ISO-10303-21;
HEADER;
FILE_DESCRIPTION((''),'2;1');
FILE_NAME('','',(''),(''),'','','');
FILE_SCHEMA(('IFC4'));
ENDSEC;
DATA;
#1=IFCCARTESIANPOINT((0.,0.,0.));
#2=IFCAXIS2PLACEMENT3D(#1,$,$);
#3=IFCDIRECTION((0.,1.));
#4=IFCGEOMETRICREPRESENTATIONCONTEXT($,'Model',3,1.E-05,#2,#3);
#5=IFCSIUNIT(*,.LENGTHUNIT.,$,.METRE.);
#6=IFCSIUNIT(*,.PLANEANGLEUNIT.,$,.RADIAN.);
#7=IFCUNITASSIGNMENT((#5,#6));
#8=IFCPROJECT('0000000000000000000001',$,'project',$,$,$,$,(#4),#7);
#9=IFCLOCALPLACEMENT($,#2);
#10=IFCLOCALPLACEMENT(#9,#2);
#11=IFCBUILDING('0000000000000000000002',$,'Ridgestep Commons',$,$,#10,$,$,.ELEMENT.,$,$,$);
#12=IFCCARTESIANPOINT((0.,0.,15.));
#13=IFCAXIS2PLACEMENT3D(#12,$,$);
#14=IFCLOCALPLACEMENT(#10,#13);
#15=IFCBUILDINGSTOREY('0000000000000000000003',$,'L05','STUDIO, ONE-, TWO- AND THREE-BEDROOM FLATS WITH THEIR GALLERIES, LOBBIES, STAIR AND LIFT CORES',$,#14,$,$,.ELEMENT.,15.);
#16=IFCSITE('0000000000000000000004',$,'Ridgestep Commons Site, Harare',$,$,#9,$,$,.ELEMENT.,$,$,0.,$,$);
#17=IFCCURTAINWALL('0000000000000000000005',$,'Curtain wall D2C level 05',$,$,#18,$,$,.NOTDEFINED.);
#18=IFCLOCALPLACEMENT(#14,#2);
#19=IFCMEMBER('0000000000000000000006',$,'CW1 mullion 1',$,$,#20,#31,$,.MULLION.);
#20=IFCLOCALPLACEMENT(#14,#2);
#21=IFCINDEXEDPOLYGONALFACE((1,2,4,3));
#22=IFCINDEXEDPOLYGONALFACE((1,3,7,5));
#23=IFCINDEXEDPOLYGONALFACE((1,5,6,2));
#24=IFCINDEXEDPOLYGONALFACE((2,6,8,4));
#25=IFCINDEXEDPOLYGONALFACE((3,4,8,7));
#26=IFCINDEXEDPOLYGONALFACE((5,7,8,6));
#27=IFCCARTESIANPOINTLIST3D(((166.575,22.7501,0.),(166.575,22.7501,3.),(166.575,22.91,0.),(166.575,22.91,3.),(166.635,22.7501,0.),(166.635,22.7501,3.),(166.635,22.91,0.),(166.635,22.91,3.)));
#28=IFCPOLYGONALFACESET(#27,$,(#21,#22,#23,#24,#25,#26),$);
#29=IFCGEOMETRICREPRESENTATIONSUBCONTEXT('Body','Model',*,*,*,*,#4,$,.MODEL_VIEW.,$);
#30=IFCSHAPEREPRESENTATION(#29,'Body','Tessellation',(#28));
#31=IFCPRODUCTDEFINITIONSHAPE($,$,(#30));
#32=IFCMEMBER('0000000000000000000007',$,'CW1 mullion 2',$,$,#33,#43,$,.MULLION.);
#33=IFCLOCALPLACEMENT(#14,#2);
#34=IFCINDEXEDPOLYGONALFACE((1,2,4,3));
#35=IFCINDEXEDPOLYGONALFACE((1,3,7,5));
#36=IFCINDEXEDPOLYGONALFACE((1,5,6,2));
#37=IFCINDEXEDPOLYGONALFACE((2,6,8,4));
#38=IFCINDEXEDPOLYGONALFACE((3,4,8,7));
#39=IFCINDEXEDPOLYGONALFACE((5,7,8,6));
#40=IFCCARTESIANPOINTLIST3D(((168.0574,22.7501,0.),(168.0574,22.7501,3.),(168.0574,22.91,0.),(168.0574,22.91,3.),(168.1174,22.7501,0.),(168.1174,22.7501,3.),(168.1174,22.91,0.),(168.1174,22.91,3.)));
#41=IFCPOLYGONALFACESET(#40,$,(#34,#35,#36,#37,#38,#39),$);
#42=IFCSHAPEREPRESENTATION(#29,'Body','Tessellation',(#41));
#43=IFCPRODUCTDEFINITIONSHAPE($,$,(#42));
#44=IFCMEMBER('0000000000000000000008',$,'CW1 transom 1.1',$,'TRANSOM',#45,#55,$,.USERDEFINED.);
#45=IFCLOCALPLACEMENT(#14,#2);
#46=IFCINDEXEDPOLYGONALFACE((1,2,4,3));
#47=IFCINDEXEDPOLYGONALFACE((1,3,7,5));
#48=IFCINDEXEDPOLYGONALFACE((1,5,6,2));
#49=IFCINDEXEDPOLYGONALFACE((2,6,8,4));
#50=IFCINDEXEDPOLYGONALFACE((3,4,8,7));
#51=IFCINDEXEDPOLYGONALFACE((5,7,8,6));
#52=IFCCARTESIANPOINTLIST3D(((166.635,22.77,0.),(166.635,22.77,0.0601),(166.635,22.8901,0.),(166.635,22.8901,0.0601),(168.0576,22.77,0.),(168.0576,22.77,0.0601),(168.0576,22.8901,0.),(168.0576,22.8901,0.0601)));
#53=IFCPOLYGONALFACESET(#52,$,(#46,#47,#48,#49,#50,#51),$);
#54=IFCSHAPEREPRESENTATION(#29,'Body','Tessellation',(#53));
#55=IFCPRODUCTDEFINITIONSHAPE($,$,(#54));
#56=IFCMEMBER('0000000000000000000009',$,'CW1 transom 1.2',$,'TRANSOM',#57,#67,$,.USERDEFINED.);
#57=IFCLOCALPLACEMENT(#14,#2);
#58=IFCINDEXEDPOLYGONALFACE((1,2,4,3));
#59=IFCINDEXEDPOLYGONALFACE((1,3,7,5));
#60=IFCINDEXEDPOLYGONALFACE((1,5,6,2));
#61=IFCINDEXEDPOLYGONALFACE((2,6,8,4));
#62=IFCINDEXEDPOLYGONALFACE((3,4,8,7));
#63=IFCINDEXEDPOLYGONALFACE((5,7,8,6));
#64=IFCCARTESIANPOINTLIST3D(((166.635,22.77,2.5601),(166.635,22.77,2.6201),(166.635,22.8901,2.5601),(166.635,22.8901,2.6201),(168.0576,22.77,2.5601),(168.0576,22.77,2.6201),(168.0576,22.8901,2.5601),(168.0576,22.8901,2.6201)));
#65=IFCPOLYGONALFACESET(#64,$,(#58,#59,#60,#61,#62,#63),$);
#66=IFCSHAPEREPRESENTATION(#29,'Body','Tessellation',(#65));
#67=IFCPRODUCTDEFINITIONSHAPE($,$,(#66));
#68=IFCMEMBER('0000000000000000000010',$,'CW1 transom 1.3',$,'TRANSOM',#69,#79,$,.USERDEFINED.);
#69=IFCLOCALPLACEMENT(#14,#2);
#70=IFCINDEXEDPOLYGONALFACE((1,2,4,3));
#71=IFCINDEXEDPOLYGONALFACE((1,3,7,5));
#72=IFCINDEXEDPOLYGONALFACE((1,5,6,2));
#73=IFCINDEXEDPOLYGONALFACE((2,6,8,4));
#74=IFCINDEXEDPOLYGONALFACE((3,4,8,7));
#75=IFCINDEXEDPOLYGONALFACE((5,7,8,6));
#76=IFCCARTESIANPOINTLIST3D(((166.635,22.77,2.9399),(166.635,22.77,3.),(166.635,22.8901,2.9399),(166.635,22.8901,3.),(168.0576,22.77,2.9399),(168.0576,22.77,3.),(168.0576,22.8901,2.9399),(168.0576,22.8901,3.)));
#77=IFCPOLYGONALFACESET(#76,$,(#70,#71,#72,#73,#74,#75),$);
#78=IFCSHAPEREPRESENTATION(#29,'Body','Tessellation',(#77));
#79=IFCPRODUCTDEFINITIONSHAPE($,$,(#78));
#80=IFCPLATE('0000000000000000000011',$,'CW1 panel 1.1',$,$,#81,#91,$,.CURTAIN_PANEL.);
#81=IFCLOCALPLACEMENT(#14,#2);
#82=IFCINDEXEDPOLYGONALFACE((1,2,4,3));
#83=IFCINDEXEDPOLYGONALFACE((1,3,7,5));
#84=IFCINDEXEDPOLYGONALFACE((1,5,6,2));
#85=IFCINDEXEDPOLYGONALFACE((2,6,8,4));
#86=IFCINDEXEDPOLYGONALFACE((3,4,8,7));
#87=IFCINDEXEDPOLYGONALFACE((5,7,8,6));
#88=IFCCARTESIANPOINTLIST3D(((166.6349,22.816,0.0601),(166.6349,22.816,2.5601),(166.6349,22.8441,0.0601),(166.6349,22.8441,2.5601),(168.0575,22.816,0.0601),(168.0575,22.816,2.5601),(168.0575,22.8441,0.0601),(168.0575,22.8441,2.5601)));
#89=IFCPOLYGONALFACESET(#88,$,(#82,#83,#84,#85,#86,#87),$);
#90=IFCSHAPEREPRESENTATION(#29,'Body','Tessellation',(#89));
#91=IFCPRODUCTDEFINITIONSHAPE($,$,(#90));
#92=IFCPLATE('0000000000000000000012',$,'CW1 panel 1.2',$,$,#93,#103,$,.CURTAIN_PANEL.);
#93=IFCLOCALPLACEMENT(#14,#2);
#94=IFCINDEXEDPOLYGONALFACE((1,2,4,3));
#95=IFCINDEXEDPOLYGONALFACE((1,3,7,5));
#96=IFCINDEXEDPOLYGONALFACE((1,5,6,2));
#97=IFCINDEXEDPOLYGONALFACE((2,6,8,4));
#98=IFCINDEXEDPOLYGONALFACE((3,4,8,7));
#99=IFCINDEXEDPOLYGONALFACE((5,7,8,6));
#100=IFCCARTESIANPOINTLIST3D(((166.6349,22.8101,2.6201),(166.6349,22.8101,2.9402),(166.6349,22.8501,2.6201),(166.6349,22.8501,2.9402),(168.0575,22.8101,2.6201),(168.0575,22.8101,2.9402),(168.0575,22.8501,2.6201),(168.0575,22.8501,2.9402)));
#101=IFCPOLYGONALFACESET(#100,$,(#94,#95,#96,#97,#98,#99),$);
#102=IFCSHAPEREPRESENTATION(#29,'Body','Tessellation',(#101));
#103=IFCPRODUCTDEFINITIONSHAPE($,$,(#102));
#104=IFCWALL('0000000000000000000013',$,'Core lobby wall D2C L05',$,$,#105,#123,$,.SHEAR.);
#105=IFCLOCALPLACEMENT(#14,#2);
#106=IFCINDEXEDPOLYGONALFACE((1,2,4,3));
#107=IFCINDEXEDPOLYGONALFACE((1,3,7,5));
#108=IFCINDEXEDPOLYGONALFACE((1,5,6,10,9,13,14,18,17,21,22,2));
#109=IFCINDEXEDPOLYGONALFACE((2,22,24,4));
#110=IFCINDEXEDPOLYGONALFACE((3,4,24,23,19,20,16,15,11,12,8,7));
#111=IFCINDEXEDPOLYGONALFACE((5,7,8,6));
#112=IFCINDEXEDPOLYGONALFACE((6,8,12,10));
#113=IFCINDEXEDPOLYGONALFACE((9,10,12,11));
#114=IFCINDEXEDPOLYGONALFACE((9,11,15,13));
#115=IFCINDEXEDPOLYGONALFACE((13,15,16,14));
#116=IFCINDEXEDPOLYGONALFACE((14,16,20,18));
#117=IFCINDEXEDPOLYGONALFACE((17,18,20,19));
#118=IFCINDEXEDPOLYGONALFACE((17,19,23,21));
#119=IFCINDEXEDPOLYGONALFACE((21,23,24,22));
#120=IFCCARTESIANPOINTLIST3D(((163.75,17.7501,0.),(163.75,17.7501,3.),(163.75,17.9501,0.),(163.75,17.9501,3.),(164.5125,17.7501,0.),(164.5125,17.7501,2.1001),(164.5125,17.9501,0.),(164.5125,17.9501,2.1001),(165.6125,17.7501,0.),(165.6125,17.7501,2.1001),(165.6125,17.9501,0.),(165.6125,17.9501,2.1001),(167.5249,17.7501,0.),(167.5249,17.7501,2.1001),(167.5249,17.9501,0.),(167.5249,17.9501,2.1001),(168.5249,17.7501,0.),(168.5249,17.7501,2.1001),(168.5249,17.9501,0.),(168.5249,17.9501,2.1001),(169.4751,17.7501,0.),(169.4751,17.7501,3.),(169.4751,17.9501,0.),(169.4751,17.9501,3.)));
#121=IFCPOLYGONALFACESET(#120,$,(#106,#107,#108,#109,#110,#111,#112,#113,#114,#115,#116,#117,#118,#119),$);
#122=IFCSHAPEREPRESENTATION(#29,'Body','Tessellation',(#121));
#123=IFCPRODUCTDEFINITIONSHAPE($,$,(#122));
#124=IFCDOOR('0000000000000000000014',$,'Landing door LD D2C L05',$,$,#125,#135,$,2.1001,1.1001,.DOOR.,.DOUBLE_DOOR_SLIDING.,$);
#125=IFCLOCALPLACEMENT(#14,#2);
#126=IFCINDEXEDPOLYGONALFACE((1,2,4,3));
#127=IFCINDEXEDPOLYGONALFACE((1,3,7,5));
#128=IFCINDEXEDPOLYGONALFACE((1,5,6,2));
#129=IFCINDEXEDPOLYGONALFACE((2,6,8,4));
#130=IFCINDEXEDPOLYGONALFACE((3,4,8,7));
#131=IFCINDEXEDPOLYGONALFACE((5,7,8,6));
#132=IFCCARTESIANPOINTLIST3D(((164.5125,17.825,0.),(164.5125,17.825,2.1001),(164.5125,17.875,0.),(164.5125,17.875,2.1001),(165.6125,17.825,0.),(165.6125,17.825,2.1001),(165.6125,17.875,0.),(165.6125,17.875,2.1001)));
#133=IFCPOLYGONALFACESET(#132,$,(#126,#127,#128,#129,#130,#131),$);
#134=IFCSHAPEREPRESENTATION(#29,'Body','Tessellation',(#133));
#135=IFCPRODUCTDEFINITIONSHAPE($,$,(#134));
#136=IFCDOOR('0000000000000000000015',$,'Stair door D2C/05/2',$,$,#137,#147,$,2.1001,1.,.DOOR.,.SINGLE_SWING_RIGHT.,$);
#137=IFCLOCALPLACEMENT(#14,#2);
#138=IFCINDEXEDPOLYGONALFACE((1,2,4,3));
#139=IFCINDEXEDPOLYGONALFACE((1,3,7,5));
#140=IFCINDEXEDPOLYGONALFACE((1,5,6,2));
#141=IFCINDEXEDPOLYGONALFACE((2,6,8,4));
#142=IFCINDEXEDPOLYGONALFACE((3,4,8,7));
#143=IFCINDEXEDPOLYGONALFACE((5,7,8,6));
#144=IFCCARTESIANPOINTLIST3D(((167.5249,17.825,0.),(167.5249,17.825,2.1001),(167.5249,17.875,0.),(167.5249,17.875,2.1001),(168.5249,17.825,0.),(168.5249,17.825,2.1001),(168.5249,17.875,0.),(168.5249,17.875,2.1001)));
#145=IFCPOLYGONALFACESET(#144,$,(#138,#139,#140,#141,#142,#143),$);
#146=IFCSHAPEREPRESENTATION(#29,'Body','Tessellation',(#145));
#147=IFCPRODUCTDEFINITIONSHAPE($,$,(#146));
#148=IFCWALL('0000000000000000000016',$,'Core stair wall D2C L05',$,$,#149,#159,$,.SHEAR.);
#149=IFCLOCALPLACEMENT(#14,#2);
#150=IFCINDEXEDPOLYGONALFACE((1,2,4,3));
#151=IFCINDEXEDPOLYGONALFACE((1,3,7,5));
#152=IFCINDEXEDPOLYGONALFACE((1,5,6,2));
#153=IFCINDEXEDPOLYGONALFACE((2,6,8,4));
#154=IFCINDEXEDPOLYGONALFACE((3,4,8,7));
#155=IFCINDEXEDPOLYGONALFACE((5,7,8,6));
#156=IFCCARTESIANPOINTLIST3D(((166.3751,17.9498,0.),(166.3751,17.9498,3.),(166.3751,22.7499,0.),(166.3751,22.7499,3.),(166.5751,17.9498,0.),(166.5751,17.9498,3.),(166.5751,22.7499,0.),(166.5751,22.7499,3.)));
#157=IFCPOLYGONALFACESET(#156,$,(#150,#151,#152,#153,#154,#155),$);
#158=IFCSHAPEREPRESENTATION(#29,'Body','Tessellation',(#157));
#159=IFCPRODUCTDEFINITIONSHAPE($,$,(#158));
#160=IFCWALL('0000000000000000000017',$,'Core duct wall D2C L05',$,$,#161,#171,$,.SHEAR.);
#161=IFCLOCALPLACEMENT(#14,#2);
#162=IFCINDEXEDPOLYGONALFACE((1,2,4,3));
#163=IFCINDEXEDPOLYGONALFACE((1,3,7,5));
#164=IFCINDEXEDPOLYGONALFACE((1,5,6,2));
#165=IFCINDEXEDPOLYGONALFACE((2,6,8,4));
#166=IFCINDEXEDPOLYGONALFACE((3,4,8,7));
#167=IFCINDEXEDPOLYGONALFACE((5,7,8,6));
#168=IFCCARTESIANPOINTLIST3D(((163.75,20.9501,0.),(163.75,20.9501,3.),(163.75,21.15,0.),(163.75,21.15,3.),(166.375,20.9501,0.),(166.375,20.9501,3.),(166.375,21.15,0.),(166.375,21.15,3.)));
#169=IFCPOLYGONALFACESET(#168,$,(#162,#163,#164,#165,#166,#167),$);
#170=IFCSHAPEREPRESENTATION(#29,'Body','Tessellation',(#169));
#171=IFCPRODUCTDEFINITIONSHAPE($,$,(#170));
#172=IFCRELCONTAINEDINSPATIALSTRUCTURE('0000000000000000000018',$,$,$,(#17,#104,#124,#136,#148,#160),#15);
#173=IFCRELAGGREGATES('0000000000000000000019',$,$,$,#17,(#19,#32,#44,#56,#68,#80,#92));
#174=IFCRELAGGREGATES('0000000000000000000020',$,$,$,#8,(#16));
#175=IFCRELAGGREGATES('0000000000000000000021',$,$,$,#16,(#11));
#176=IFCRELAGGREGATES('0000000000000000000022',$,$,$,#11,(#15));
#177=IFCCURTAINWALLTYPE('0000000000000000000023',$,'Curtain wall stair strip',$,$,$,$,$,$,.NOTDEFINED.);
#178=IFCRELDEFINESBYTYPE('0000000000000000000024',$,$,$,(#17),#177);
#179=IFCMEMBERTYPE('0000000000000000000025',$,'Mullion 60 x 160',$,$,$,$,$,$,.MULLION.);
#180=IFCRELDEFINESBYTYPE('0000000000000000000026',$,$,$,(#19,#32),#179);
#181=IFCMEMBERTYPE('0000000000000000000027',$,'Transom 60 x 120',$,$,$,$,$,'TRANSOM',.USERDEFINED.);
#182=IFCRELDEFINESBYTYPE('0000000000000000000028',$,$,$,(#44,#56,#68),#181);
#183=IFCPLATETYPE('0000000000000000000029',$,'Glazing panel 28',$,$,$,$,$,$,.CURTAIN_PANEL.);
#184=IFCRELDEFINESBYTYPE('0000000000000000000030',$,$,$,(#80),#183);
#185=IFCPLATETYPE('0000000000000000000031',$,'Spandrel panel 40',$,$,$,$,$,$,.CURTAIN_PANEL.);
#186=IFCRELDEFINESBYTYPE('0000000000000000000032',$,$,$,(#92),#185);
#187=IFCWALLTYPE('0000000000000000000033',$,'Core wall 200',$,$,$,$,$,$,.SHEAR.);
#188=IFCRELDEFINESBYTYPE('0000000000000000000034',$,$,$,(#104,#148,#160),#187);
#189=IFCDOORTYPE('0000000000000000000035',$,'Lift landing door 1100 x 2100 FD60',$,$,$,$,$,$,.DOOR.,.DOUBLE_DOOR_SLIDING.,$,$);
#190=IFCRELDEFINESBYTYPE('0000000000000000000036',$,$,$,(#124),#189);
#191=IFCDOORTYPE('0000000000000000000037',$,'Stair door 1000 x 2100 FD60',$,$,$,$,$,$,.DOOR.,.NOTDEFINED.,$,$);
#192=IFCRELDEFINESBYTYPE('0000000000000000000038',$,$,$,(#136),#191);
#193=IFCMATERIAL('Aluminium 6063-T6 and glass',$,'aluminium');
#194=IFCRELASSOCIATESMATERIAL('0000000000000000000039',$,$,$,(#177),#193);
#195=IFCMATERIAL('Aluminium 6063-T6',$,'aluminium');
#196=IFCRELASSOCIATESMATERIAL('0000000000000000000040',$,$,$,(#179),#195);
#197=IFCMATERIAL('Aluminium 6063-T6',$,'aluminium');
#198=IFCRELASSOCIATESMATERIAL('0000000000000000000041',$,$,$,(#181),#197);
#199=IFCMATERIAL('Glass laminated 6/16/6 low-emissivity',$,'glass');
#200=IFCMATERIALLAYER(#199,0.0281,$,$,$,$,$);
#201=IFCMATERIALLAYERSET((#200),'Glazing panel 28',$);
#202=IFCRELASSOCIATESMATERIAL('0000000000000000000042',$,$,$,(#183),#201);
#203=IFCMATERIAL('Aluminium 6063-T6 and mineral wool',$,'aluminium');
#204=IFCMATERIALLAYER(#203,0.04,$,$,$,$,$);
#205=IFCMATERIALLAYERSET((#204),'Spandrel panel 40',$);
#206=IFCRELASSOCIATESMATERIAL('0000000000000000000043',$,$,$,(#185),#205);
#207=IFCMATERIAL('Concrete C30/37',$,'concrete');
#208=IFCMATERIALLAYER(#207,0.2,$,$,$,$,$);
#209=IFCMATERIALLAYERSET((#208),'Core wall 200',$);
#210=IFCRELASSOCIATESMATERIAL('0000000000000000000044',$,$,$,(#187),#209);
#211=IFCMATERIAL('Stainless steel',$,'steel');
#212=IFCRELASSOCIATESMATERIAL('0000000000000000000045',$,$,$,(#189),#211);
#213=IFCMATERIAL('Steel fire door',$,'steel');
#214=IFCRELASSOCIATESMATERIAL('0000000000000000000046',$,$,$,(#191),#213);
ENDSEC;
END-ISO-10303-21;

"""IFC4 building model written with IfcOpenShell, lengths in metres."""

from ifc_helpers import new_model, si_unit, direction, frame, frame_2d, origin, origin_2d, place, context, subcontext, project, spatial, rectangle, extrude, material, layer, layer_set, material_profile, profile_set, type_object, element, fill, aggregate, save


model = new_model("IFC4")

# Units and contexts
model_context = context("Model", 3, precision=1e-05, world=origin(), true_north=direction((0.0, 1.0)))
body_context = subcontext(model_context, "Body", "Model", "MODEL_VIEW")
ifc_project = project(units=[si_unit("LENGTHUNIT", "METRE"), si_unit("PLANEANGLEUNIT", "RADIAN")], contexts=[model_context])

# Site, building, storey
site_placement = place(None, origin())
site = spatial("IfcSite", under=ifc_project, at=site_placement, Name="Ridgestep Commons Site, Harare", CompositionType="ELEMENT", RefElevation=0.0)
building_placement = place(site_placement, origin())
building = spatial("IfcBuilding", under=site, at=building_placement, Name="Ridgestep Commons", CompositionType="ELEMENT")
storey_placement = place(building_placement, frame((0.0, 0.0, 15.0)))
storey = spatial("IfcBuildingStorey", under=building, at=storey_placement, Name="L05", Description="STUDIO, ONE-, TWO- AND THREE-BEDROOM FLATS WITH THEIR GALLERIES, LOBBIES, STAIR AND LIFT CORES", CompositionType="ELEMENT", Elevation=15.0)

# Curtain wall, members, plates
ifc_material_1 = material(Name="Aluminium 6063-T6 and glass", Category="aluminium")
curtain_wall_type = type_object("IfcCurtainWallType", Name="Curtain wall stair strip", PredefinedType="NOTDEFINED", material=ifc_material_1)
curtain_wall_placement = place(storey_placement, origin())
curtain_wall = element("IfcCurtainWall", 1, at=curtain_wall_placement, inside=storey, type_object=curtain_wall_type, Name="Curtain wall D2C level 05", PredefinedType="NOTDEFINED")
ifc_material_2 = material(Name="Aluminium 6063-T6", Category="aluminium")
ifc_material_profile_1 = material_profile(ifc_material_2, rectangle(XDim=0.1599, YDim=0.0601, at=origin_2d()), Name="Mullion 60 x 160")
ifc_profile_set_1 = profile_set([ifc_material_profile_1], Name="Aluminium 6063-T6")
member_type_1 = type_object("IfcMemberType", Name="Mullion 60 x 160", PredefinedType="MULLION", material=ifc_profile_set_1)
member_1_placement = place(storey_placement, frame((166.605, 22.8301, 0.0), z_axis=(0.0, 0.0, 1.0), x_axis=(0.0, 1.0, 0.0)))
member_1 = element("IfcMember", 2, at=member_1_placement, type_object=member_type_1, Name="CW1 mullion 1", PredefinedType="MULLION", context=body_context, shape_type="SweptSolid", body=[
    extrude(rectangle(XDim=0.1599, YDim=0.0601, at=origin_2d()), origin(), (0.0, 0.0, 1.0), 3.0),
])
member_2_placement = place(storey_placement, frame((168.0874, 22.8301, 0.0), z_axis=(0.0, 0.0, 1.0), x_axis=(0.0, 1.0, 0.0)))
member_2 = element("IfcMember", 3, at=member_2_placement, type_object=member_type_1, Name="CW1 mullion 2", PredefinedType="MULLION", context=body_context, shape_type="SweptSolid", body=[
    extrude(rectangle(XDim=0.1599, YDim=0.0601, at=origin_2d()), origin(), (0.0, 0.0, 1.0), 3.0),
])
ifc_material_3 = material(Name="Aluminium 6063-T6", Category="aluminium")
ifc_material_profile_2 = material_profile(ifc_material_3, rectangle(XDim=0.1201, YDim=0.0601, at=origin_2d()), Name="Transom 60 x 120")
ifc_profile_set_2 = profile_set([ifc_material_profile_2], Name="Aluminium 6063-T6")
member_type_2 = type_object("IfcMemberType", Name="Transom 60 x 120", ElementType="TRANSOM", PredefinedType="USERDEFINED", material=ifc_profile_set_2)
member_3_placement = place(storey_placement, frame((166.635, 22.8301, 0.03), z_axis=(1.0, 0.0, 0.0), x_axis=(0.0, 1.0, 0.0)))
member_3 = element("IfcMember", 4, at=member_3_placement, type_object=member_type_2, Name="CW1 transom 1.1", ObjectType="TRANSOM", PredefinedType="USERDEFINED", context=body_context, shape_type="SweptSolid", body=[
    extrude(rectangle(XDim=0.1201, YDim=0.0601, at=origin_2d()), origin(), (0.0, 0.0, 1.0), 1.4226),
])
member_4_placement = place(storey_placement, frame((166.635, 22.8301, 2.5901), z_axis=(1.0, 0.0, 0.0), x_axis=(0.0, 1.0, 0.0)))
member_4 = element("IfcMember", 5, at=member_4_placement, type_object=member_type_2, Name="CW1 transom 1.2", ObjectType="TRANSOM", PredefinedType="USERDEFINED", context=body_context, shape_type="SweptSolid", body=[
    extrude(rectangle(XDim=0.1201, YDim=0.0601, at=origin_2d()), origin(), (0.0, 0.0, 1.0), 1.4226),
])
member_5_placement = place(storey_placement, frame((166.635, 22.8301, 2.97), z_axis=(1.0, 0.0, 0.0), x_axis=(0.0, 1.0, 0.0)))
member_5 = element("IfcMember", 6, at=member_5_placement, type_object=member_type_2, Name="CW1 transom 1.3", ObjectType="TRANSOM", PredefinedType="USERDEFINED", context=body_context, shape_type="SweptSolid", body=[
    extrude(rectangle(XDim=0.1201, YDim=0.0601, at=origin_2d()), origin(), (0.0, 0.0, 1.0), 1.4226),
])
ifc_material_4 = material(Name="Glass laminated 6/16/6 low-emissivity", Category="glass")
ifc_layer_1 = layer(ifc_material_4, 0.0281)
ifc_layer_set_1 = layer_set([ifc_layer_1], Name="Glazing panel 28")
plate_type_1 = type_object("IfcPlateType", Name="Glazing panel 28", PredefinedType="CURTAIN_PANEL", material=ifc_layer_set_1)
plate_1_placement = place(storey_placement, frame((167.3462, 22.8301, 0.0601), z_axis=(0.0, 0.0, 1.0), x_axis=(1.0, 0.0, 0.0)))
plate_1 = element("IfcPlate", 7, at=plate_1_placement, type_object=plate_type_1, Name="CW1 panel 1.1", PredefinedType="CURTAIN_PANEL", context=body_context, shape_type="SweptSolid", body=[
    extrude(rectangle(XDim=1.4226, YDim=0.0281, at=origin_2d()), origin(), (0.0, 0.0, 1.0), 2.5),
])
ifc_material_5 = material(Name="Aluminium 6063-T6 and mineral wool", Category="aluminium")
ifc_layer_2 = layer(ifc_material_5, 0.04)
ifc_layer_set_2 = layer_set([ifc_layer_2], Name="Spandrel panel 40")
plate_type_2 = type_object("IfcPlateType", Name="Spandrel panel 40", PredefinedType="CURTAIN_PANEL", material=ifc_layer_set_2)
plate_2_placement = place(storey_placement, frame((167.3462, 22.8301, 2.6201), z_axis=(0.0, 0.0, 1.0), x_axis=(1.0, 0.0, 0.0)))
plate_2 = element("IfcPlate", 8, at=plate_2_placement, type_object=plate_type_2, Name="CW1 panel 1.2", PredefinedType="CURTAIN_PANEL", context=body_context, shape_type="SweptSolid", body=[
    extrude(rectangle(XDim=1.4226, YDim=0.04, at=origin_2d()), origin(), (0.0, 0.0, 1.0), 0.3201),
])
aggregate(curtain_wall, [member_1, member_2, member_3, member_4, member_5, plate_1, plate_2])

# Wall, openings, doors
ifc_material_6 = material(Name="Concrete C30/37", Category="concrete")
ifc_layer_3 = layer(ifc_material_6, 0.2)
ifc_layer_set_3 = layer_set([ifc_layer_3], Name="Core wall 200")
wall_type = type_object("IfcWallType", Name="Core wall 200", PredefinedType="SHEAR", material=ifc_layer_set_3)
wall_1_placement = place(storey_placement, frame((163.75, 17.8501, 0.0), z_axis=(0.0, 0.0, 1.0), x_axis=(1.0, 0.0, 0.0)))
wall_1 = element("IfcWall", 9, at=wall_1_placement, inside=storey, type_object=wall_type, Name="Core lobby wall D2C L05", PredefinedType="SHEAR", context=body_context, shape_type="SweptSolid", body=[
    extrude(rectangle(XDim=5.7251, YDim=0.2, at=frame_2d((2.8625, 0.0))), origin(), (0.0, 0.0, 1.0), 3.0),
])
opening_1_placement = place(wall_1_placement, frame((3.7749, 0.0, 0.0)))
opening_1 = element("IfcOpeningElement", 10, at=opening_1_placement, cuts=wall_1, PredefinedType="OPENING", context=body_context, shape_type="SweptSolid", body=[
    extrude(rectangle(XDim=1.0, YDim=2.1001, at=frame_2d((0.5, 1.05))), frame((0.0, 0.1099, 0.0), z_axis=(0.0, -1.0, 0.0), x_axis=(1.0, 0.0, 0.0)), (0.0, 0.0, 1.0), 0.22),
])
opening_2_placement = place(wall_1_placement, frame((0.7625, 0.0, 0.0)))
opening_2 = element("IfcOpeningElement", 11, at=opening_2_placement, cuts=wall_1, PredefinedType="OPENING", context=body_context, shape_type="SweptSolid", body=[
    extrude(rectangle(XDim=1.1001, YDim=2.1001, at=frame_2d((0.55, 1.05))), frame((0.0, 0.1099, 0.0), z_axis=(0.0, -1.0, 0.0), x_axis=(1.0, 0.0, 0.0)), (0.0, 0.0, 1.0), 0.22),
])
ifc_material_7 = material(Name="Stainless steel", Category="steel")
door_type_1 = type_object("IfcDoorType", Name="Lift landing door 1100 x 2100 FD60", OperationType="DOUBLE_DOOR_SLIDING", PredefinedType="DOOR", material=ifc_material_7)
door_1_placement = place(opening_2_placement, origin())
door_1 = element("IfcDoor", 12, at=door_1_placement, inside=storey, type_object=door_type_1, Name="Landing door LD D2C L05", OperationType="DOUBLE_DOOR_SLIDING", OverallHeight=2.1001, OverallWidth=1.1001, PredefinedType="DOOR", context=body_context, shape_type="SweptSolid", body=[
    extrude(rectangle(XDim=1.1001, YDim=2.1001, at=frame_2d((0.55, 1.05))), frame((0.0, 0.0249, 0.0), z_axis=(0.0, -1.0, 0.0), x_axis=(1.0, 0.0, 0.0)), (0.0, 0.0, 1.0), 0.05),
])
fill(opening_2, door_1)
ifc_material_8 = material(Name="Steel fire door", Category="steel")
door_type_2 = type_object("IfcDoorType", Name="Stair door 1000 x 2100 FD60", OperationType="NOTDEFINED", PredefinedType="DOOR", material=ifc_material_8)
door_2_placement = place(opening_1_placement, origin())
door_2 = element("IfcDoor", 13, at=door_2_placement, inside=storey, type_object=door_type_2, Name="Stair door D2C/05/2", OperationType="SINGLE_SWING_RIGHT", OverallHeight=2.1001, OverallWidth=1.0, PredefinedType="DOOR", context=body_context, shape_type="SweptSolid", body=[
    extrude(rectangle(XDim=1.0, YDim=2.1001, at=frame_2d((0.5, 1.05))), frame((0.0, 0.0249, 0.0), z_axis=(0.0, -1.0, 0.0), x_axis=(1.0, 0.0, 0.0)), (0.0, 0.0, 1.0), 0.05),
])
fill(opening_1, door_2)

# Walls
wall_2_placement = place(storey_placement, frame((166.4751, 17.95, 0.0), z_axis=(0.0, 0.0, 1.0), x_axis=(0.0, 1.0, 0.0)))
element("IfcWall", 14, at=wall_2_placement, inside=storey, type_object=wall_type, Name="Core stair wall D2C L05", PredefinedType="SHEAR", context=body_context, shape_type="SweptSolid", body=[
    extrude(rectangle(XDim=4.8, YDim=0.2, at=frame_2d((2.3999, 0.0))), origin(), (0.0, 0.0, 1.0), 3.0),
])
wall_3_placement = place(storey_placement, frame((163.75, 21.05, 0.0), z_axis=(0.0, 0.0, 1.0), x_axis=(1.0, 0.0, 0.0)))
element("IfcWall", 15, at=wall_3_placement, inside=storey, type_object=wall_type, Name="Core duct wall D2C L05", PredefinedType="SHEAR", context=body_context, shape_type="SweptSolid", body=[
    extrude(rectangle(XDim=2.625, YDim=0.2, at=frame_2d((1.3125, 0.0))), origin(), (0.0, 0.0, 1.0), 3.0),
])

save(model, "model.ifc")
